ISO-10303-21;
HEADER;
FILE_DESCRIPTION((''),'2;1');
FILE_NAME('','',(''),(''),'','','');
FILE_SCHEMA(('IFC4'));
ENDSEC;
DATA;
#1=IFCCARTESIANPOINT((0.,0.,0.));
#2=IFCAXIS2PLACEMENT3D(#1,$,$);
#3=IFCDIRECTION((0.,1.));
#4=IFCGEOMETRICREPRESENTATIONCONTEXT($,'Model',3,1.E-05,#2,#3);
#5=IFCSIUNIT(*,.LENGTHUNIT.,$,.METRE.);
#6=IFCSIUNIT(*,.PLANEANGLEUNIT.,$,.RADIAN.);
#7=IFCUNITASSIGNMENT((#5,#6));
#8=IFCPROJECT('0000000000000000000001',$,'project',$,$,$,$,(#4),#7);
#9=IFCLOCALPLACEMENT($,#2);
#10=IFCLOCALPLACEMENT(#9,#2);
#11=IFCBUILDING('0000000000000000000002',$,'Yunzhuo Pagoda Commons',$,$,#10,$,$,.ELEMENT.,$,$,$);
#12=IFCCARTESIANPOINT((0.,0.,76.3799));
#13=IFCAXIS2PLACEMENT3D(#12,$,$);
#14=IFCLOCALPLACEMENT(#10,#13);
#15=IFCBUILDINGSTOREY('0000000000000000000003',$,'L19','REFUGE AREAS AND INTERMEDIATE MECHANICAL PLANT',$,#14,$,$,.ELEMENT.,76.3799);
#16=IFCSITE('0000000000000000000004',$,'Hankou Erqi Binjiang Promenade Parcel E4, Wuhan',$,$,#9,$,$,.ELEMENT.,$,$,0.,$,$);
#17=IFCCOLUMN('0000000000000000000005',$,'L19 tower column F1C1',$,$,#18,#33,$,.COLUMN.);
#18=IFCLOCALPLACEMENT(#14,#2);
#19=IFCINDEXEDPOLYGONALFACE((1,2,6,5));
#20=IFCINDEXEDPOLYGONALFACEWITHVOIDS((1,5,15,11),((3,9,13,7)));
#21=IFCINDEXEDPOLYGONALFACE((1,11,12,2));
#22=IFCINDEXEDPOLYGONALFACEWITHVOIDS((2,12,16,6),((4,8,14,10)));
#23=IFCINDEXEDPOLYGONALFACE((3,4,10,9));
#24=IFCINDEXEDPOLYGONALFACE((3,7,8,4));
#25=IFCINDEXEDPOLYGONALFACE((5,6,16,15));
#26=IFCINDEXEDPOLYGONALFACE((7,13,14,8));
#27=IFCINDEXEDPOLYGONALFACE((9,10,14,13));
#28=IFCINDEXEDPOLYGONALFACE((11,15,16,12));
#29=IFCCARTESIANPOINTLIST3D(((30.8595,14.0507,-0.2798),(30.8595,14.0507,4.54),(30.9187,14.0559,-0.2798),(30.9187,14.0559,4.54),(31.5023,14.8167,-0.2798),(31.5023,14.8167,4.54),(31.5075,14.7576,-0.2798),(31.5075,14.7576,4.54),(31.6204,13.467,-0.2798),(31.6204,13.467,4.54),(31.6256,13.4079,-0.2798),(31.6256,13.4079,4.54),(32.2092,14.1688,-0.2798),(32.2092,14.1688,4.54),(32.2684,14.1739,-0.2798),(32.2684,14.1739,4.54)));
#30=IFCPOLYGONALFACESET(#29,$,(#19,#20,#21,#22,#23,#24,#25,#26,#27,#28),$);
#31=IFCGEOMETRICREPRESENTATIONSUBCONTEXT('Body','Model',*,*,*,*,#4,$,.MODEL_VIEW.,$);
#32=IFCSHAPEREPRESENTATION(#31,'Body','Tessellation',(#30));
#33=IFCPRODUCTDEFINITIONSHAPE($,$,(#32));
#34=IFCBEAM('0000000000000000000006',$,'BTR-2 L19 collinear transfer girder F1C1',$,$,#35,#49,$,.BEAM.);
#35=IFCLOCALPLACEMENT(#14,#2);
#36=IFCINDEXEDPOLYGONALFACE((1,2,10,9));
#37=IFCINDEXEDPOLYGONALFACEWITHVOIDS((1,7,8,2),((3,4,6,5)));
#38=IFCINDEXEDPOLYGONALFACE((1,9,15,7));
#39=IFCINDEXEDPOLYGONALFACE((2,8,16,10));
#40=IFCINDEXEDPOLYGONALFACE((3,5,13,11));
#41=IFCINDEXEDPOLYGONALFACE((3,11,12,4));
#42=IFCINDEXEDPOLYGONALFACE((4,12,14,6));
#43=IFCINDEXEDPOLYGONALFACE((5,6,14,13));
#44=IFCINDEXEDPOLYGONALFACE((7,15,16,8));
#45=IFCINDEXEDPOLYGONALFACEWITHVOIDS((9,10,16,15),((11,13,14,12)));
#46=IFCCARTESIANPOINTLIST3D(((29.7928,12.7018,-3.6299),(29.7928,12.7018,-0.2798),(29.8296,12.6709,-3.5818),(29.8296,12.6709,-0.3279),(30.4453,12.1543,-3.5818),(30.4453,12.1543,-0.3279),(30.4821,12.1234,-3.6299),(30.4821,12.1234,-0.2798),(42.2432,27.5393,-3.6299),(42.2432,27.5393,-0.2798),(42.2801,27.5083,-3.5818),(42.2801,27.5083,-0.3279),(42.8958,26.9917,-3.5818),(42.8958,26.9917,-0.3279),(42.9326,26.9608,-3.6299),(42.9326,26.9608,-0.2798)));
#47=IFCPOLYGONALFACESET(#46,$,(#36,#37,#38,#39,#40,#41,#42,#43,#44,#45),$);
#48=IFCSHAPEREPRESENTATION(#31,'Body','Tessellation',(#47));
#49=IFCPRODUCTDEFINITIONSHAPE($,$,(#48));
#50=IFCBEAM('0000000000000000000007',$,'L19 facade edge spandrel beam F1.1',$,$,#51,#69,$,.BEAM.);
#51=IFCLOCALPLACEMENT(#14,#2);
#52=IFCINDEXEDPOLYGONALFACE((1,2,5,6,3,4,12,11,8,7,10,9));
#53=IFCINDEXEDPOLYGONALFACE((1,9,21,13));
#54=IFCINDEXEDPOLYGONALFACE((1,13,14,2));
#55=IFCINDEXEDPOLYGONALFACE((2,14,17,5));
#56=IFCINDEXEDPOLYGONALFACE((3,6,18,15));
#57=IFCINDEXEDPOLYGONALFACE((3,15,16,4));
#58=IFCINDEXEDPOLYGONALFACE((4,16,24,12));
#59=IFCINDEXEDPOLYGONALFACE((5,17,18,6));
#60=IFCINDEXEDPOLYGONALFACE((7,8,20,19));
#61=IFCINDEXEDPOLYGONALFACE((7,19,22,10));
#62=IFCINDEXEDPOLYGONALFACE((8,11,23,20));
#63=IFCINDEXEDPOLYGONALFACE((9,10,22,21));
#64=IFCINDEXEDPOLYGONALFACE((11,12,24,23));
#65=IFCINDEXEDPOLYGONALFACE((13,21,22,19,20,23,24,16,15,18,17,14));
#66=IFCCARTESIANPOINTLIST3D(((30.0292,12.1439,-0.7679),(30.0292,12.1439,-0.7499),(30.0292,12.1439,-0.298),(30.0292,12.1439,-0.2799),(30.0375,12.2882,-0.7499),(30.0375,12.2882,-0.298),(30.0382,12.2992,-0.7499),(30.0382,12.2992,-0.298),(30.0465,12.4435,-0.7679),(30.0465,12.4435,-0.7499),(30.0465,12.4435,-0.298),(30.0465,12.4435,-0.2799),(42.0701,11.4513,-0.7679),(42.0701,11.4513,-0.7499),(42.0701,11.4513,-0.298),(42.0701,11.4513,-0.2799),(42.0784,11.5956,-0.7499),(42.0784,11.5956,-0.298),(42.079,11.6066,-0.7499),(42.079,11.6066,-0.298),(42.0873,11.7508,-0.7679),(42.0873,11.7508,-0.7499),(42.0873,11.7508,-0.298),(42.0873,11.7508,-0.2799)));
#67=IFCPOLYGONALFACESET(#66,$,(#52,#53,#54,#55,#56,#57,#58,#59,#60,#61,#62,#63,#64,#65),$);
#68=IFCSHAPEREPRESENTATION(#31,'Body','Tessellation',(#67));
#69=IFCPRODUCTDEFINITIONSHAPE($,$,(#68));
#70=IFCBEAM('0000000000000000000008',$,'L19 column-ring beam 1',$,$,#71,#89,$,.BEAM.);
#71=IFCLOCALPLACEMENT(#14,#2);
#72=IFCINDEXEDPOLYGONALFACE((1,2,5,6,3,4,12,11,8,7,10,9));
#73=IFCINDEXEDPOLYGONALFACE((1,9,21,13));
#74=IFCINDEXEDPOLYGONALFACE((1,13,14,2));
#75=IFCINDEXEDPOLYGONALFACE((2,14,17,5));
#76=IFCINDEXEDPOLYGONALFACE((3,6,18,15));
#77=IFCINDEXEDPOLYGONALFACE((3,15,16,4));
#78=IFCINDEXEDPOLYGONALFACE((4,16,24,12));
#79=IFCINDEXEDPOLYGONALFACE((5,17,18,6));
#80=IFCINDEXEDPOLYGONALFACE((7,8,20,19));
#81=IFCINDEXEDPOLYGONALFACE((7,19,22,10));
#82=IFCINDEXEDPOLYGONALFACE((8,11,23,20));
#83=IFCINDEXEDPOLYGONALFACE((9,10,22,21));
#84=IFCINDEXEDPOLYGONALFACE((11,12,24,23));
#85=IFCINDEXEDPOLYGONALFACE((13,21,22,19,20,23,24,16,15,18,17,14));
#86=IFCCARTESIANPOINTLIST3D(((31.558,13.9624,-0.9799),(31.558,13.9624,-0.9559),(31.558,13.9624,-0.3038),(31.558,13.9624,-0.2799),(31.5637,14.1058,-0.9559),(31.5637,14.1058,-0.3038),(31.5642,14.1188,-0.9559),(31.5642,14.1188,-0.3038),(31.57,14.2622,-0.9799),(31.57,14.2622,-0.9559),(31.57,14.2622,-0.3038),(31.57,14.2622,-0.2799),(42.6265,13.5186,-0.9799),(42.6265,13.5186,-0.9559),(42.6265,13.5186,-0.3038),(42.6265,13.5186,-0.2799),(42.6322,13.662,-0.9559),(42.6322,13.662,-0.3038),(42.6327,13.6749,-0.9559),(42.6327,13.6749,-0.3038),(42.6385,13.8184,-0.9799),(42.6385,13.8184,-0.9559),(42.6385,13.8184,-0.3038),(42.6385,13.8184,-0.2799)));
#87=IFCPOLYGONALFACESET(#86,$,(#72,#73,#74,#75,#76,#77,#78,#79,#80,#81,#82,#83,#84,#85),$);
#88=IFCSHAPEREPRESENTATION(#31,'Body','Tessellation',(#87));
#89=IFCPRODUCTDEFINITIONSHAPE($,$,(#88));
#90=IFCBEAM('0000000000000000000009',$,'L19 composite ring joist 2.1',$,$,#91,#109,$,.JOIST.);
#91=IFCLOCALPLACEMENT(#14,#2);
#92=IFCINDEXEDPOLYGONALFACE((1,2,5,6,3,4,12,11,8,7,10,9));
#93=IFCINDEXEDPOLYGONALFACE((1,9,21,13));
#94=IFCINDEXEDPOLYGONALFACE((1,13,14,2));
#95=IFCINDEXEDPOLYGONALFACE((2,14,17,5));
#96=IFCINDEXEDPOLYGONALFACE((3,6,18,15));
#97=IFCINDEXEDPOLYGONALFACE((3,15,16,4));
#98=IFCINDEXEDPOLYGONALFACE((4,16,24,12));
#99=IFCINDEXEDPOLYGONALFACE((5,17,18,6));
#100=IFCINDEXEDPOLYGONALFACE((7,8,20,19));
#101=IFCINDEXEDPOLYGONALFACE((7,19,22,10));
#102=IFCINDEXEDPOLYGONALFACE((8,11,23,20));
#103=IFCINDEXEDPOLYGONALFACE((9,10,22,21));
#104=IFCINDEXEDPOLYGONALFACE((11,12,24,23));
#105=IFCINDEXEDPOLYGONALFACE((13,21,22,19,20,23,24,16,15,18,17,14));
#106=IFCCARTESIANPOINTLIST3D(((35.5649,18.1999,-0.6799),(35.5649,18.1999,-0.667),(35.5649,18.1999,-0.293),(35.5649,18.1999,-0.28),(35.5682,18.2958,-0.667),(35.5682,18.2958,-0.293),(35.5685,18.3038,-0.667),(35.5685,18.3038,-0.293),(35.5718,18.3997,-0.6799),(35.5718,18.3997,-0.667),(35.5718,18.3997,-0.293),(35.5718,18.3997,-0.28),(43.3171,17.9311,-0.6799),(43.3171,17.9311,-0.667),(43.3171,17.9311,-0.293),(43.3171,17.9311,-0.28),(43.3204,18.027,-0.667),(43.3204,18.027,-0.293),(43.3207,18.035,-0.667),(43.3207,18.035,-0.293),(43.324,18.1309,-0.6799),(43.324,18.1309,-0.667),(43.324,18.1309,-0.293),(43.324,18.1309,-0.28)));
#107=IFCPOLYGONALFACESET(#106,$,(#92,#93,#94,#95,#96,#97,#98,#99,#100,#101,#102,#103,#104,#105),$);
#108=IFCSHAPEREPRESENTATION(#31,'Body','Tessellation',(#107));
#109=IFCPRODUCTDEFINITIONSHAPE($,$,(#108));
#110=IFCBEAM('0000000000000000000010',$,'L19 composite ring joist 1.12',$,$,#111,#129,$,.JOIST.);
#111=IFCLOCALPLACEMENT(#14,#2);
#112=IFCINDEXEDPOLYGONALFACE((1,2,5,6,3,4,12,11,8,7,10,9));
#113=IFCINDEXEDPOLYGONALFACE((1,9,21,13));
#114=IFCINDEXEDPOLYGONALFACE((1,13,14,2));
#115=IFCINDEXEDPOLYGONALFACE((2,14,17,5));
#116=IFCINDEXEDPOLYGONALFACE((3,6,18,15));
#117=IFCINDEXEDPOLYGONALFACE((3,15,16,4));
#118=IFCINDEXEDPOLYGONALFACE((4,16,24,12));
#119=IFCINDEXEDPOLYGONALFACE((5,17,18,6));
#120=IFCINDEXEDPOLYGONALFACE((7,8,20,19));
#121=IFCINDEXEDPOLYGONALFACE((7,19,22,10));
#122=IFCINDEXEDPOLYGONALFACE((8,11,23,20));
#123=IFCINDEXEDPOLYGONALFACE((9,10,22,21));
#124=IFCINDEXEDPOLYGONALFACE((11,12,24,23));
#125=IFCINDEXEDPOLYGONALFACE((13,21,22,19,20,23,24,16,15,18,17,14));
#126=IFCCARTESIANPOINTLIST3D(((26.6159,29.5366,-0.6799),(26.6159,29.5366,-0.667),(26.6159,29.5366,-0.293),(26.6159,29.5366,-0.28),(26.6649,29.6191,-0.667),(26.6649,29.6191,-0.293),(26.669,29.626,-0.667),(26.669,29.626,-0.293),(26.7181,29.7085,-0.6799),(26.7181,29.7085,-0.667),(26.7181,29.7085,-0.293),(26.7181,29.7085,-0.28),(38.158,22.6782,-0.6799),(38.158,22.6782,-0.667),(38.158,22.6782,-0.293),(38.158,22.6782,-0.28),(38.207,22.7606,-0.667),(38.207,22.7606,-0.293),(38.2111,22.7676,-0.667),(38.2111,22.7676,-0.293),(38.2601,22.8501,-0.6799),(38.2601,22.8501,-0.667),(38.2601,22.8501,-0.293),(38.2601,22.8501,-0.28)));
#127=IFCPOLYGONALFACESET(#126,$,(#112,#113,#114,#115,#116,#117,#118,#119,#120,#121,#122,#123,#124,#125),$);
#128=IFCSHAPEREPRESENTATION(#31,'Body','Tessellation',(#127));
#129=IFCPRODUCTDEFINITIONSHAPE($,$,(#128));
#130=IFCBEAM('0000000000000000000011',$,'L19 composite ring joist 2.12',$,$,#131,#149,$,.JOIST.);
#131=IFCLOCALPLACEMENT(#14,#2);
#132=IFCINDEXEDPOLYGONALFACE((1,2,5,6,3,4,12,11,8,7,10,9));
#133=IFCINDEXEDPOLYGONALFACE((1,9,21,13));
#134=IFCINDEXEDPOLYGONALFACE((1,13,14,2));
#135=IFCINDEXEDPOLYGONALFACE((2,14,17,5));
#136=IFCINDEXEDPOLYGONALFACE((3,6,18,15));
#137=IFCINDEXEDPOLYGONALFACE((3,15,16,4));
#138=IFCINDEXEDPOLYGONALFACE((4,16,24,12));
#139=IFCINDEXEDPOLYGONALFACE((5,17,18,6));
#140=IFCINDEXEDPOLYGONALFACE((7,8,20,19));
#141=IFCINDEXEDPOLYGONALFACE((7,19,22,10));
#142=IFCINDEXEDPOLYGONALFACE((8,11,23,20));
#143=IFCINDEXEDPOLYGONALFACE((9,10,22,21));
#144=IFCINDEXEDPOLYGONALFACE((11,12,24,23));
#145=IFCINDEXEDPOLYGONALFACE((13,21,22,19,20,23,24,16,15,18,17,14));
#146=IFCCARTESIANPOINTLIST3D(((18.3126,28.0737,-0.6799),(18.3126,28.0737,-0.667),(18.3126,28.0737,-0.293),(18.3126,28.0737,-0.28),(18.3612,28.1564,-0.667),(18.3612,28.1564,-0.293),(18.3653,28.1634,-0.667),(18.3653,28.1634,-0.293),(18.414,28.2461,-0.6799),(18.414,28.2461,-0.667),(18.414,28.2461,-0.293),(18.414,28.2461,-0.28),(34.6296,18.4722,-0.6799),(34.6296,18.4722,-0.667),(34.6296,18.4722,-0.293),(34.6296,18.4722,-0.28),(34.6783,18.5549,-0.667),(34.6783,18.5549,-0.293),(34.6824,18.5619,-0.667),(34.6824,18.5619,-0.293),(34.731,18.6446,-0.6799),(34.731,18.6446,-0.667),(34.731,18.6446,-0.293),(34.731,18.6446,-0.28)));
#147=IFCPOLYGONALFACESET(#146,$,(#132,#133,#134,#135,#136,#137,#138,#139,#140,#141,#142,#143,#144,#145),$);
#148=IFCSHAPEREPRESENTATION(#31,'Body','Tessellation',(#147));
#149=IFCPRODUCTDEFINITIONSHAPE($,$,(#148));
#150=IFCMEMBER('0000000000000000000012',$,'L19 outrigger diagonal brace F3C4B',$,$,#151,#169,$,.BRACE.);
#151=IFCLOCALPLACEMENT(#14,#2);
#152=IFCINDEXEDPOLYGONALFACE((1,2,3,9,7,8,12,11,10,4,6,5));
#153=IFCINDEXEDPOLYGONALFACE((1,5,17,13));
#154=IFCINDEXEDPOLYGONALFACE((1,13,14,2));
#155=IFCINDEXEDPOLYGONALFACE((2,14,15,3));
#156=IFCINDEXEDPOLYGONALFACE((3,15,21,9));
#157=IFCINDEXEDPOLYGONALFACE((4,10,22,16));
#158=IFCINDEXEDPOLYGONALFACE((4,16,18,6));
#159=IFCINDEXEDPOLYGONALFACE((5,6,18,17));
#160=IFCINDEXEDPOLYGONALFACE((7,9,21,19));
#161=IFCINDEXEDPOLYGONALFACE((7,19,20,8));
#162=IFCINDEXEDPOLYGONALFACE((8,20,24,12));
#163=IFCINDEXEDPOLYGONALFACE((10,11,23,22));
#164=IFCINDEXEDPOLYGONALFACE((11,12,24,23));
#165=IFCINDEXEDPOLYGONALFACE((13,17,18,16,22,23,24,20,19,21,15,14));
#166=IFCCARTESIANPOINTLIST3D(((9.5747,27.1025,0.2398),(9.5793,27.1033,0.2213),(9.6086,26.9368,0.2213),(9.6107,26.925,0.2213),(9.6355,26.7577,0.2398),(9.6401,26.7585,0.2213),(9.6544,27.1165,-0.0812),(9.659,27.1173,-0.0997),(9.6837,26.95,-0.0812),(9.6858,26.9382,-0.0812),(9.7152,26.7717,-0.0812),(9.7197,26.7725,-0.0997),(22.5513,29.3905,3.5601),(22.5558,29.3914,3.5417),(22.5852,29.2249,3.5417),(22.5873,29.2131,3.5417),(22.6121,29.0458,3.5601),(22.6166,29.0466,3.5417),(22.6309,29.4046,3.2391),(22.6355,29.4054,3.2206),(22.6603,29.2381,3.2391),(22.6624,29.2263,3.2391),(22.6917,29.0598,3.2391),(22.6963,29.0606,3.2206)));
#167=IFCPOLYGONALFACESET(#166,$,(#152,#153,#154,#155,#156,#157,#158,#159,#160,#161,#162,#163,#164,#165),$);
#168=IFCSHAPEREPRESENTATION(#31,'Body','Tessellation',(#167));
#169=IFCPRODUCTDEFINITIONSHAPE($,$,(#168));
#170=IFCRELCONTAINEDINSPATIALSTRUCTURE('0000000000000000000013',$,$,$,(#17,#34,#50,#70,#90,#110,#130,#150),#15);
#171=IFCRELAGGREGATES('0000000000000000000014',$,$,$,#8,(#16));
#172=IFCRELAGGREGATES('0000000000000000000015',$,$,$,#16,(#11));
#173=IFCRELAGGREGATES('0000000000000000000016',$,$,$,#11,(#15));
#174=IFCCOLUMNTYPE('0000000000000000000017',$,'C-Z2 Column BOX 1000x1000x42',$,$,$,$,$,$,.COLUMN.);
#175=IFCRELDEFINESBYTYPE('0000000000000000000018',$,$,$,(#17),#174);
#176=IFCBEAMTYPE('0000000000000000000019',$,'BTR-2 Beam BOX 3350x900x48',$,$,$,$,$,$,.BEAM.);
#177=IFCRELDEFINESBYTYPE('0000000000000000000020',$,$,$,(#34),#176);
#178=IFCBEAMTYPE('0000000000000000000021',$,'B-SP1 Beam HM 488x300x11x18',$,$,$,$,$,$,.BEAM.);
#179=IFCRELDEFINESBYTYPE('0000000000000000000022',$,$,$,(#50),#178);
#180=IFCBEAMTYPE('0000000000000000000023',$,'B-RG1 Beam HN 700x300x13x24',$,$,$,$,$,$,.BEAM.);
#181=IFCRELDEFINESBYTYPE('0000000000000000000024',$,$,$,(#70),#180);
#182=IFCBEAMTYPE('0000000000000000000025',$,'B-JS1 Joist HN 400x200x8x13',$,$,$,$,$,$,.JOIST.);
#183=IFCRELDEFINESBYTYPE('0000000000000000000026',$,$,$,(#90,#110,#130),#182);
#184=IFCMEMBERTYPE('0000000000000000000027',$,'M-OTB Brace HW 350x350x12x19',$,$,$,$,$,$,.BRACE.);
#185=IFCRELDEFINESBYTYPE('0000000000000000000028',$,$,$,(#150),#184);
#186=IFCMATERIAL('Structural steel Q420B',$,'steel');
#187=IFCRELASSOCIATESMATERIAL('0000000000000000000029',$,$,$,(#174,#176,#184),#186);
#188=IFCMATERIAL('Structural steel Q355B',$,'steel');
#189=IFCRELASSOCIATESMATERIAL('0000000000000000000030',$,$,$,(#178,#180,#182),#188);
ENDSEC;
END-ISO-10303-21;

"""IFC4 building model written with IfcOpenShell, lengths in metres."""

from ifc_helpers import new_model, si_unit, direction, frame, origin, origin_2d, place, context, subcontext, project, spatial, hollow_rectangle, i_section, extrude, source, transform, mapped, material, material_profile, profile_set, type_object, element, save


model = new_model("IFC4")

# Units and contexts
model_context = context("Model", 3, precision=1e-05, world=origin(), true_north=direction((0.0, 1.0)))
body_context = subcontext(model_context, "Body", "Model", "MODEL_VIEW")
ifc_project = project(units=[si_unit("LENGTHUNIT", "METRE"), si_unit("PLANEANGLEUNIT", "RADIAN")], contexts=[model_context])

# Site, building, storey
site_placement = place(None, origin())
site = spatial("IfcSite", under=ifc_project, at=site_placement, Name="Hankou Erqi Binjiang Promenade Parcel E4, Wuhan", CompositionType="ELEMENT", RefElevation=0.0)
building_placement = place(site_placement, origin())
building = spatial("IfcBuilding", under=site, at=building_placement, Name="Yunzhuo Pagoda Commons", CompositionType="ELEMENT")
storey_placement = place(building_placement, frame((0.0, 0.0, 76.3799)))
storey = spatial("IfcBuildingStorey", under=building, at=storey_placement, Name="L19", Description="REFUGE AREAS AND INTERMEDIATE MECHANICAL PLANT", CompositionType="ELEMENT", Elevation=76.3799)

# Column
ifc_material_1 = material(Name="Structural steel Q420B", Category="steel")
ifc_material_profile_1 = material_profile(ifc_material_1, hollow_rectangle(XDim=1.0, YDim=1.0, WallThickness=0.042, at=origin_2d()), Name="Structural steel Q420B")
ifc_profile_set_1 = profile_set([ifc_material_profile_1], Name="Structural steel Q420B")
column_type = type_object("IfcColumnType", Name="C-Z2 Column BOX 1000x1000x42", PredefinedType="COLUMN", material=ifc_profile_set_1)
shared_shape_1 = source(origin(), body_context, "Body", "SweptSolid", [
    extrude(hollow_rectangle(XDim=1.0, YDim=1.0, WallThickness=0.042, at=origin_2d()), origin(), (0.0, 0.0, 1.0), 4.8198),
])
column_placement = place(storey_placement, frame((31.564, 14.1123, -0.2798), z_axis=(0.0, 0.0, 1.0), x_axis=(0.766044, -0.642788, 0.0)))
element("IfcColumn", 1, at=column_placement, inside=storey, type_object=column_type, Name="L19 tower column F1C1", PredefinedType="COLUMN", context=body_context, shape_type="MappedRepresentation", body=[
    mapped(shared_shape_1, transform((0.0, 0.0, 0.0), scale=1.0)),
])

# Beams
ifc_material_profile_2 = material_profile(ifc_material_1, hollow_rectangle(XDim=0.8999, YDim=3.3501, WallThickness=0.0481, at=origin_2d()), Name="Structural steel Q420B")
ifc_profile_set_2 = profile_set([ifc_material_profile_2], Name="Structural steel Q420B")
beam_type_1 = type_object("IfcBeamType", Name="BTR-2 Beam BOX 3350x900x48", PredefinedType="BEAM", material=ifc_profile_set_2)
shared_shape_2 = source(origin(), body_context, "Body", "SweptSolid", [
    extrude(hollow_rectangle(XDim=0.8999, YDim=3.3501, WallThickness=0.0481, at=origin_2d()), origin(), (0.0, 0.0, 1.0), 19.3691),
])
beam_1_placement = place(storey_placement, frame((30.1375, 12.4126, -1.9548), z_axis=(0.642799, 0.766035, 0.0), x_axis=(-0.766035, 0.642799, 0.0)))
element("IfcBeam", 2, at=beam_1_placement, inside=storey, type_object=beam_type_1, Name="BTR-2 L19 collinear transfer girder F1C1", PredefinedType="BEAM", context=body_context, shape_type="MappedRepresentation", body=[
    mapped(shared_shape_2, transform((0.0, 0.0, 0.0), scale=1.0)),
])
ifc_material_2 = material(Name="Structural steel Q355B", Category="steel")
ifc_material_profile_3 = material_profile(ifc_material_2, i_section(OverallWidth=0.3, OverallDepth=0.488, WebThickness=0.011, FlangeThickness=0.0181, at=origin_2d()), Name="Structural steel Q355B")
ifc_profile_set_3 = profile_set([ifc_material_profile_3], Name="Structural steel Q355B")
beam_type_2 = type_object("IfcBeamType", Name="B-SP1 Beam HM 488x300x11x18", PredefinedType="BEAM", material=ifc_profile_set_3)
shared_shape_3 = source(origin(), body_context, "Body", "SweptSolid", [
    extrude(i_section(OverallWidth=0.3, OverallDepth=0.488, WebThickness=0.011, FlangeThickness=0.0181, at=origin_2d()), origin(), (0.0, 0.0, 1.0), 12.0608),
])
beam_2_placement = place(storey_placement, frame((30.0378, 12.2937, -0.5239), z_axis=(0.99835, -0.057429, 0.0), x_axis=(0.057429, 0.99835, 0.0)))
element("IfcBeam", 3, at=beam_2_placement, inside=storey, type_object=beam_type_2, Name="L19 facade edge spandrel beam F1.1", PredefinedType="BEAM", context=body_context, shape_type="MappedRepresentation", body=[
    mapped(shared_shape_3, transform((0.0, 0.0, 0.0), scale=1.0)),
])
ifc_material_profile_4 = material_profile(ifc_material_2, i_section(OverallWidth=0.3, OverallDepth=0.7, WebThickness=0.0129, FlangeThickness=0.0239, at=origin_2d()), Name="Structural steel Q355B")
ifc_profile_set_4 = profile_set([ifc_material_profile_4], Name="Structural steel Q355B")
beam_type_3 = type_object("IfcBeamType", Name="B-RG1 Beam HN 700x300x13x24", PredefinedType="BEAM", material=ifc_profile_set_4)
shared_shape_4 = source(origin(), body_context, "Body", "SweptSolid", [
    extrude(i_section(OverallWidth=0.3, OverallDepth=0.7, WebThickness=0.0129, FlangeThickness=0.0239, at=origin_2d()), origin(), (0.0, 0.0, 1.0), 11.0774),
])
beam_3_placement = place(storey_placement, frame((31.564, 14.1123, -0.6299), z_axis=(0.999197, -0.040067, 0.0), x_axis=(0.040067, 0.999197, 0.0)))
element("IfcBeam", 4, at=beam_3_placement, inside=storey, type_object=beam_type_3, Name="L19 column-ring beam 1", PredefinedType="BEAM", context=body_context, shape_type="MappedRepresentation", body=[
    mapped(shared_shape_4, transform((0.0, 0.0, 0.0), scale=1.0)),
])
ifc_material_profile_5 = material_profile(ifc_material_2, i_section(OverallWidth=0.2, OverallDepth=0.3999, WebThickness=0.0081, FlangeThickness=0.0129, at=origin_2d()), Name="Structural steel Q355B")
ifc_profile_set_5 = profile_set([ifc_material_profile_5], Name="Structural steel Q355B")
beam_type_4 = type_object("IfcBeamType", Name="B-JS1 Joist HN 400x200x8x13", PredefinedType="JOIST", material=ifc_profile_set_5)
shared_shape_5 = source(origin(), body_context, "Body", "SweptSolid", [
    extrude(i_section(OverallWidth=0.2, OverallDepth=0.3999, WebThickness=0.0081, FlangeThickness=0.0129, at=origin_2d()), origin(), (0.0, 0.0, 1.0), 7.7568),
])
beam_4_placement = place(storey_placement, frame((35.5684, 18.2998, -0.48), z_axis=(0.999399, -0.034653, 0.0), x_axis=(0.034653, 0.999399, 0.0)))
element("IfcBeam", 5, at=beam_4_placement, inside=storey, type_object=beam_type_4, Name="L19 composite ring joist 2.1", PredefinedType="JOIST", context=body_context, shape_type="MappedRepresentation", body=[
    mapped(shared_shape_5, transform((0.0, 0.0, 0.0), scale=1.0)),
])
shared_shape_6 = source(origin(), body_context, "Body", "SweptSolid", [
    extrude(i_section(OverallWidth=0.2, OverallDepth=0.3999, WebThickness=0.0081, FlangeThickness=0.0129, at=origin_2d()), origin(), (0.0, 0.0, 1.0), 13.426),
])
beam_5_placement = place(storey_placement, frame((26.667, 29.6226, -0.48), z_axis=(0.85968, -0.510833, 0.0), x_axis=(0.510833, 0.85968, 0.0)))
element("IfcBeam", 6, at=beam_5_placement, inside=storey, type_object=beam_type_4, Name="L19 composite ring joist 1.12", PredefinedType="JOIST", context=body_context, shape_type="MappedRepresentation", body=[
    mapped(shared_shape_6, transform((0.0, 0.0, 0.0), scale=1.0)),
])
shared_shape_7 = source(origin(), body_context, "Body", "SweptSolid", [
    extrude(i_section(OverallWidth=0.2, OverallDepth=0.3999, WebThickness=0.0081, FlangeThickness=0.0129, at=origin_2d()), origin(), (0.0, 0.0, 1.0), 18.9324),
])
beam_6_placement = place(storey_placement, frame((18.3633, 28.1599, -0.48), z_axis=(0.861859, -0.507147, 0.0), x_axis=(0.507147, 0.861859, 0.0)))
element("IfcBeam", 7, at=beam_6_placement, inside=storey, type_object=beam_type_4, Name="L19 composite ring joist 2.12", PredefinedType="JOIST", context=body_context, shape_type="MappedRepresentation", body=[
    mapped(shared_shape_7, transform((0.0, 0.0, 0.0), scale=1.0)),
])

# Member
ifc_material_profile_6 = material_profile(ifc_material_1, i_section(OverallWidth=0.3501, OverallDepth=0.3501, WebThickness=0.012, FlangeThickness=0.019, at=origin_2d()), Name="Structural steel Q420B")
ifc_profile_set_6 = profile_set([ifc_material_profile_6], Name="Structural steel Q420B")
member_type_1 = type_object("IfcMemberType", Name="M-OTB Brace HW 350x350x12x19", PredefinedType="BRACE", material=ifc_profile_set_6)
shared_shape_8 = source(origin(), body_context, "Body", "SweptSolid", [
    extrude(i_section(OverallWidth=0.3501, OverallDepth=0.3501, WebThickness=0.012, FlangeThickness=0.019, at=origin_2d()), origin(), (0.0, 0.0, 1.0), 13.5886),
])
member_1_placement = place(storey_placement, frame((22.6238, 29.2256, 3.3904), z_axis=(-0.954957, -0.168382, -0.244345), x_axis=(0.173646, -0.984808, 0.0)))
element("IfcMember", 8, at=member_1_placement, inside=storey, type_object=member_type_1, Name="L19 outrigger diagonal brace F3C4B", PredefinedType="BRACE", context=body_context, shape_type="MappedRepresentation", body=[
    mapped(shared_shape_8, transform((0.0, 0.0, 0.0), scale=1.0)),
])

save(model, "model.ifc")
